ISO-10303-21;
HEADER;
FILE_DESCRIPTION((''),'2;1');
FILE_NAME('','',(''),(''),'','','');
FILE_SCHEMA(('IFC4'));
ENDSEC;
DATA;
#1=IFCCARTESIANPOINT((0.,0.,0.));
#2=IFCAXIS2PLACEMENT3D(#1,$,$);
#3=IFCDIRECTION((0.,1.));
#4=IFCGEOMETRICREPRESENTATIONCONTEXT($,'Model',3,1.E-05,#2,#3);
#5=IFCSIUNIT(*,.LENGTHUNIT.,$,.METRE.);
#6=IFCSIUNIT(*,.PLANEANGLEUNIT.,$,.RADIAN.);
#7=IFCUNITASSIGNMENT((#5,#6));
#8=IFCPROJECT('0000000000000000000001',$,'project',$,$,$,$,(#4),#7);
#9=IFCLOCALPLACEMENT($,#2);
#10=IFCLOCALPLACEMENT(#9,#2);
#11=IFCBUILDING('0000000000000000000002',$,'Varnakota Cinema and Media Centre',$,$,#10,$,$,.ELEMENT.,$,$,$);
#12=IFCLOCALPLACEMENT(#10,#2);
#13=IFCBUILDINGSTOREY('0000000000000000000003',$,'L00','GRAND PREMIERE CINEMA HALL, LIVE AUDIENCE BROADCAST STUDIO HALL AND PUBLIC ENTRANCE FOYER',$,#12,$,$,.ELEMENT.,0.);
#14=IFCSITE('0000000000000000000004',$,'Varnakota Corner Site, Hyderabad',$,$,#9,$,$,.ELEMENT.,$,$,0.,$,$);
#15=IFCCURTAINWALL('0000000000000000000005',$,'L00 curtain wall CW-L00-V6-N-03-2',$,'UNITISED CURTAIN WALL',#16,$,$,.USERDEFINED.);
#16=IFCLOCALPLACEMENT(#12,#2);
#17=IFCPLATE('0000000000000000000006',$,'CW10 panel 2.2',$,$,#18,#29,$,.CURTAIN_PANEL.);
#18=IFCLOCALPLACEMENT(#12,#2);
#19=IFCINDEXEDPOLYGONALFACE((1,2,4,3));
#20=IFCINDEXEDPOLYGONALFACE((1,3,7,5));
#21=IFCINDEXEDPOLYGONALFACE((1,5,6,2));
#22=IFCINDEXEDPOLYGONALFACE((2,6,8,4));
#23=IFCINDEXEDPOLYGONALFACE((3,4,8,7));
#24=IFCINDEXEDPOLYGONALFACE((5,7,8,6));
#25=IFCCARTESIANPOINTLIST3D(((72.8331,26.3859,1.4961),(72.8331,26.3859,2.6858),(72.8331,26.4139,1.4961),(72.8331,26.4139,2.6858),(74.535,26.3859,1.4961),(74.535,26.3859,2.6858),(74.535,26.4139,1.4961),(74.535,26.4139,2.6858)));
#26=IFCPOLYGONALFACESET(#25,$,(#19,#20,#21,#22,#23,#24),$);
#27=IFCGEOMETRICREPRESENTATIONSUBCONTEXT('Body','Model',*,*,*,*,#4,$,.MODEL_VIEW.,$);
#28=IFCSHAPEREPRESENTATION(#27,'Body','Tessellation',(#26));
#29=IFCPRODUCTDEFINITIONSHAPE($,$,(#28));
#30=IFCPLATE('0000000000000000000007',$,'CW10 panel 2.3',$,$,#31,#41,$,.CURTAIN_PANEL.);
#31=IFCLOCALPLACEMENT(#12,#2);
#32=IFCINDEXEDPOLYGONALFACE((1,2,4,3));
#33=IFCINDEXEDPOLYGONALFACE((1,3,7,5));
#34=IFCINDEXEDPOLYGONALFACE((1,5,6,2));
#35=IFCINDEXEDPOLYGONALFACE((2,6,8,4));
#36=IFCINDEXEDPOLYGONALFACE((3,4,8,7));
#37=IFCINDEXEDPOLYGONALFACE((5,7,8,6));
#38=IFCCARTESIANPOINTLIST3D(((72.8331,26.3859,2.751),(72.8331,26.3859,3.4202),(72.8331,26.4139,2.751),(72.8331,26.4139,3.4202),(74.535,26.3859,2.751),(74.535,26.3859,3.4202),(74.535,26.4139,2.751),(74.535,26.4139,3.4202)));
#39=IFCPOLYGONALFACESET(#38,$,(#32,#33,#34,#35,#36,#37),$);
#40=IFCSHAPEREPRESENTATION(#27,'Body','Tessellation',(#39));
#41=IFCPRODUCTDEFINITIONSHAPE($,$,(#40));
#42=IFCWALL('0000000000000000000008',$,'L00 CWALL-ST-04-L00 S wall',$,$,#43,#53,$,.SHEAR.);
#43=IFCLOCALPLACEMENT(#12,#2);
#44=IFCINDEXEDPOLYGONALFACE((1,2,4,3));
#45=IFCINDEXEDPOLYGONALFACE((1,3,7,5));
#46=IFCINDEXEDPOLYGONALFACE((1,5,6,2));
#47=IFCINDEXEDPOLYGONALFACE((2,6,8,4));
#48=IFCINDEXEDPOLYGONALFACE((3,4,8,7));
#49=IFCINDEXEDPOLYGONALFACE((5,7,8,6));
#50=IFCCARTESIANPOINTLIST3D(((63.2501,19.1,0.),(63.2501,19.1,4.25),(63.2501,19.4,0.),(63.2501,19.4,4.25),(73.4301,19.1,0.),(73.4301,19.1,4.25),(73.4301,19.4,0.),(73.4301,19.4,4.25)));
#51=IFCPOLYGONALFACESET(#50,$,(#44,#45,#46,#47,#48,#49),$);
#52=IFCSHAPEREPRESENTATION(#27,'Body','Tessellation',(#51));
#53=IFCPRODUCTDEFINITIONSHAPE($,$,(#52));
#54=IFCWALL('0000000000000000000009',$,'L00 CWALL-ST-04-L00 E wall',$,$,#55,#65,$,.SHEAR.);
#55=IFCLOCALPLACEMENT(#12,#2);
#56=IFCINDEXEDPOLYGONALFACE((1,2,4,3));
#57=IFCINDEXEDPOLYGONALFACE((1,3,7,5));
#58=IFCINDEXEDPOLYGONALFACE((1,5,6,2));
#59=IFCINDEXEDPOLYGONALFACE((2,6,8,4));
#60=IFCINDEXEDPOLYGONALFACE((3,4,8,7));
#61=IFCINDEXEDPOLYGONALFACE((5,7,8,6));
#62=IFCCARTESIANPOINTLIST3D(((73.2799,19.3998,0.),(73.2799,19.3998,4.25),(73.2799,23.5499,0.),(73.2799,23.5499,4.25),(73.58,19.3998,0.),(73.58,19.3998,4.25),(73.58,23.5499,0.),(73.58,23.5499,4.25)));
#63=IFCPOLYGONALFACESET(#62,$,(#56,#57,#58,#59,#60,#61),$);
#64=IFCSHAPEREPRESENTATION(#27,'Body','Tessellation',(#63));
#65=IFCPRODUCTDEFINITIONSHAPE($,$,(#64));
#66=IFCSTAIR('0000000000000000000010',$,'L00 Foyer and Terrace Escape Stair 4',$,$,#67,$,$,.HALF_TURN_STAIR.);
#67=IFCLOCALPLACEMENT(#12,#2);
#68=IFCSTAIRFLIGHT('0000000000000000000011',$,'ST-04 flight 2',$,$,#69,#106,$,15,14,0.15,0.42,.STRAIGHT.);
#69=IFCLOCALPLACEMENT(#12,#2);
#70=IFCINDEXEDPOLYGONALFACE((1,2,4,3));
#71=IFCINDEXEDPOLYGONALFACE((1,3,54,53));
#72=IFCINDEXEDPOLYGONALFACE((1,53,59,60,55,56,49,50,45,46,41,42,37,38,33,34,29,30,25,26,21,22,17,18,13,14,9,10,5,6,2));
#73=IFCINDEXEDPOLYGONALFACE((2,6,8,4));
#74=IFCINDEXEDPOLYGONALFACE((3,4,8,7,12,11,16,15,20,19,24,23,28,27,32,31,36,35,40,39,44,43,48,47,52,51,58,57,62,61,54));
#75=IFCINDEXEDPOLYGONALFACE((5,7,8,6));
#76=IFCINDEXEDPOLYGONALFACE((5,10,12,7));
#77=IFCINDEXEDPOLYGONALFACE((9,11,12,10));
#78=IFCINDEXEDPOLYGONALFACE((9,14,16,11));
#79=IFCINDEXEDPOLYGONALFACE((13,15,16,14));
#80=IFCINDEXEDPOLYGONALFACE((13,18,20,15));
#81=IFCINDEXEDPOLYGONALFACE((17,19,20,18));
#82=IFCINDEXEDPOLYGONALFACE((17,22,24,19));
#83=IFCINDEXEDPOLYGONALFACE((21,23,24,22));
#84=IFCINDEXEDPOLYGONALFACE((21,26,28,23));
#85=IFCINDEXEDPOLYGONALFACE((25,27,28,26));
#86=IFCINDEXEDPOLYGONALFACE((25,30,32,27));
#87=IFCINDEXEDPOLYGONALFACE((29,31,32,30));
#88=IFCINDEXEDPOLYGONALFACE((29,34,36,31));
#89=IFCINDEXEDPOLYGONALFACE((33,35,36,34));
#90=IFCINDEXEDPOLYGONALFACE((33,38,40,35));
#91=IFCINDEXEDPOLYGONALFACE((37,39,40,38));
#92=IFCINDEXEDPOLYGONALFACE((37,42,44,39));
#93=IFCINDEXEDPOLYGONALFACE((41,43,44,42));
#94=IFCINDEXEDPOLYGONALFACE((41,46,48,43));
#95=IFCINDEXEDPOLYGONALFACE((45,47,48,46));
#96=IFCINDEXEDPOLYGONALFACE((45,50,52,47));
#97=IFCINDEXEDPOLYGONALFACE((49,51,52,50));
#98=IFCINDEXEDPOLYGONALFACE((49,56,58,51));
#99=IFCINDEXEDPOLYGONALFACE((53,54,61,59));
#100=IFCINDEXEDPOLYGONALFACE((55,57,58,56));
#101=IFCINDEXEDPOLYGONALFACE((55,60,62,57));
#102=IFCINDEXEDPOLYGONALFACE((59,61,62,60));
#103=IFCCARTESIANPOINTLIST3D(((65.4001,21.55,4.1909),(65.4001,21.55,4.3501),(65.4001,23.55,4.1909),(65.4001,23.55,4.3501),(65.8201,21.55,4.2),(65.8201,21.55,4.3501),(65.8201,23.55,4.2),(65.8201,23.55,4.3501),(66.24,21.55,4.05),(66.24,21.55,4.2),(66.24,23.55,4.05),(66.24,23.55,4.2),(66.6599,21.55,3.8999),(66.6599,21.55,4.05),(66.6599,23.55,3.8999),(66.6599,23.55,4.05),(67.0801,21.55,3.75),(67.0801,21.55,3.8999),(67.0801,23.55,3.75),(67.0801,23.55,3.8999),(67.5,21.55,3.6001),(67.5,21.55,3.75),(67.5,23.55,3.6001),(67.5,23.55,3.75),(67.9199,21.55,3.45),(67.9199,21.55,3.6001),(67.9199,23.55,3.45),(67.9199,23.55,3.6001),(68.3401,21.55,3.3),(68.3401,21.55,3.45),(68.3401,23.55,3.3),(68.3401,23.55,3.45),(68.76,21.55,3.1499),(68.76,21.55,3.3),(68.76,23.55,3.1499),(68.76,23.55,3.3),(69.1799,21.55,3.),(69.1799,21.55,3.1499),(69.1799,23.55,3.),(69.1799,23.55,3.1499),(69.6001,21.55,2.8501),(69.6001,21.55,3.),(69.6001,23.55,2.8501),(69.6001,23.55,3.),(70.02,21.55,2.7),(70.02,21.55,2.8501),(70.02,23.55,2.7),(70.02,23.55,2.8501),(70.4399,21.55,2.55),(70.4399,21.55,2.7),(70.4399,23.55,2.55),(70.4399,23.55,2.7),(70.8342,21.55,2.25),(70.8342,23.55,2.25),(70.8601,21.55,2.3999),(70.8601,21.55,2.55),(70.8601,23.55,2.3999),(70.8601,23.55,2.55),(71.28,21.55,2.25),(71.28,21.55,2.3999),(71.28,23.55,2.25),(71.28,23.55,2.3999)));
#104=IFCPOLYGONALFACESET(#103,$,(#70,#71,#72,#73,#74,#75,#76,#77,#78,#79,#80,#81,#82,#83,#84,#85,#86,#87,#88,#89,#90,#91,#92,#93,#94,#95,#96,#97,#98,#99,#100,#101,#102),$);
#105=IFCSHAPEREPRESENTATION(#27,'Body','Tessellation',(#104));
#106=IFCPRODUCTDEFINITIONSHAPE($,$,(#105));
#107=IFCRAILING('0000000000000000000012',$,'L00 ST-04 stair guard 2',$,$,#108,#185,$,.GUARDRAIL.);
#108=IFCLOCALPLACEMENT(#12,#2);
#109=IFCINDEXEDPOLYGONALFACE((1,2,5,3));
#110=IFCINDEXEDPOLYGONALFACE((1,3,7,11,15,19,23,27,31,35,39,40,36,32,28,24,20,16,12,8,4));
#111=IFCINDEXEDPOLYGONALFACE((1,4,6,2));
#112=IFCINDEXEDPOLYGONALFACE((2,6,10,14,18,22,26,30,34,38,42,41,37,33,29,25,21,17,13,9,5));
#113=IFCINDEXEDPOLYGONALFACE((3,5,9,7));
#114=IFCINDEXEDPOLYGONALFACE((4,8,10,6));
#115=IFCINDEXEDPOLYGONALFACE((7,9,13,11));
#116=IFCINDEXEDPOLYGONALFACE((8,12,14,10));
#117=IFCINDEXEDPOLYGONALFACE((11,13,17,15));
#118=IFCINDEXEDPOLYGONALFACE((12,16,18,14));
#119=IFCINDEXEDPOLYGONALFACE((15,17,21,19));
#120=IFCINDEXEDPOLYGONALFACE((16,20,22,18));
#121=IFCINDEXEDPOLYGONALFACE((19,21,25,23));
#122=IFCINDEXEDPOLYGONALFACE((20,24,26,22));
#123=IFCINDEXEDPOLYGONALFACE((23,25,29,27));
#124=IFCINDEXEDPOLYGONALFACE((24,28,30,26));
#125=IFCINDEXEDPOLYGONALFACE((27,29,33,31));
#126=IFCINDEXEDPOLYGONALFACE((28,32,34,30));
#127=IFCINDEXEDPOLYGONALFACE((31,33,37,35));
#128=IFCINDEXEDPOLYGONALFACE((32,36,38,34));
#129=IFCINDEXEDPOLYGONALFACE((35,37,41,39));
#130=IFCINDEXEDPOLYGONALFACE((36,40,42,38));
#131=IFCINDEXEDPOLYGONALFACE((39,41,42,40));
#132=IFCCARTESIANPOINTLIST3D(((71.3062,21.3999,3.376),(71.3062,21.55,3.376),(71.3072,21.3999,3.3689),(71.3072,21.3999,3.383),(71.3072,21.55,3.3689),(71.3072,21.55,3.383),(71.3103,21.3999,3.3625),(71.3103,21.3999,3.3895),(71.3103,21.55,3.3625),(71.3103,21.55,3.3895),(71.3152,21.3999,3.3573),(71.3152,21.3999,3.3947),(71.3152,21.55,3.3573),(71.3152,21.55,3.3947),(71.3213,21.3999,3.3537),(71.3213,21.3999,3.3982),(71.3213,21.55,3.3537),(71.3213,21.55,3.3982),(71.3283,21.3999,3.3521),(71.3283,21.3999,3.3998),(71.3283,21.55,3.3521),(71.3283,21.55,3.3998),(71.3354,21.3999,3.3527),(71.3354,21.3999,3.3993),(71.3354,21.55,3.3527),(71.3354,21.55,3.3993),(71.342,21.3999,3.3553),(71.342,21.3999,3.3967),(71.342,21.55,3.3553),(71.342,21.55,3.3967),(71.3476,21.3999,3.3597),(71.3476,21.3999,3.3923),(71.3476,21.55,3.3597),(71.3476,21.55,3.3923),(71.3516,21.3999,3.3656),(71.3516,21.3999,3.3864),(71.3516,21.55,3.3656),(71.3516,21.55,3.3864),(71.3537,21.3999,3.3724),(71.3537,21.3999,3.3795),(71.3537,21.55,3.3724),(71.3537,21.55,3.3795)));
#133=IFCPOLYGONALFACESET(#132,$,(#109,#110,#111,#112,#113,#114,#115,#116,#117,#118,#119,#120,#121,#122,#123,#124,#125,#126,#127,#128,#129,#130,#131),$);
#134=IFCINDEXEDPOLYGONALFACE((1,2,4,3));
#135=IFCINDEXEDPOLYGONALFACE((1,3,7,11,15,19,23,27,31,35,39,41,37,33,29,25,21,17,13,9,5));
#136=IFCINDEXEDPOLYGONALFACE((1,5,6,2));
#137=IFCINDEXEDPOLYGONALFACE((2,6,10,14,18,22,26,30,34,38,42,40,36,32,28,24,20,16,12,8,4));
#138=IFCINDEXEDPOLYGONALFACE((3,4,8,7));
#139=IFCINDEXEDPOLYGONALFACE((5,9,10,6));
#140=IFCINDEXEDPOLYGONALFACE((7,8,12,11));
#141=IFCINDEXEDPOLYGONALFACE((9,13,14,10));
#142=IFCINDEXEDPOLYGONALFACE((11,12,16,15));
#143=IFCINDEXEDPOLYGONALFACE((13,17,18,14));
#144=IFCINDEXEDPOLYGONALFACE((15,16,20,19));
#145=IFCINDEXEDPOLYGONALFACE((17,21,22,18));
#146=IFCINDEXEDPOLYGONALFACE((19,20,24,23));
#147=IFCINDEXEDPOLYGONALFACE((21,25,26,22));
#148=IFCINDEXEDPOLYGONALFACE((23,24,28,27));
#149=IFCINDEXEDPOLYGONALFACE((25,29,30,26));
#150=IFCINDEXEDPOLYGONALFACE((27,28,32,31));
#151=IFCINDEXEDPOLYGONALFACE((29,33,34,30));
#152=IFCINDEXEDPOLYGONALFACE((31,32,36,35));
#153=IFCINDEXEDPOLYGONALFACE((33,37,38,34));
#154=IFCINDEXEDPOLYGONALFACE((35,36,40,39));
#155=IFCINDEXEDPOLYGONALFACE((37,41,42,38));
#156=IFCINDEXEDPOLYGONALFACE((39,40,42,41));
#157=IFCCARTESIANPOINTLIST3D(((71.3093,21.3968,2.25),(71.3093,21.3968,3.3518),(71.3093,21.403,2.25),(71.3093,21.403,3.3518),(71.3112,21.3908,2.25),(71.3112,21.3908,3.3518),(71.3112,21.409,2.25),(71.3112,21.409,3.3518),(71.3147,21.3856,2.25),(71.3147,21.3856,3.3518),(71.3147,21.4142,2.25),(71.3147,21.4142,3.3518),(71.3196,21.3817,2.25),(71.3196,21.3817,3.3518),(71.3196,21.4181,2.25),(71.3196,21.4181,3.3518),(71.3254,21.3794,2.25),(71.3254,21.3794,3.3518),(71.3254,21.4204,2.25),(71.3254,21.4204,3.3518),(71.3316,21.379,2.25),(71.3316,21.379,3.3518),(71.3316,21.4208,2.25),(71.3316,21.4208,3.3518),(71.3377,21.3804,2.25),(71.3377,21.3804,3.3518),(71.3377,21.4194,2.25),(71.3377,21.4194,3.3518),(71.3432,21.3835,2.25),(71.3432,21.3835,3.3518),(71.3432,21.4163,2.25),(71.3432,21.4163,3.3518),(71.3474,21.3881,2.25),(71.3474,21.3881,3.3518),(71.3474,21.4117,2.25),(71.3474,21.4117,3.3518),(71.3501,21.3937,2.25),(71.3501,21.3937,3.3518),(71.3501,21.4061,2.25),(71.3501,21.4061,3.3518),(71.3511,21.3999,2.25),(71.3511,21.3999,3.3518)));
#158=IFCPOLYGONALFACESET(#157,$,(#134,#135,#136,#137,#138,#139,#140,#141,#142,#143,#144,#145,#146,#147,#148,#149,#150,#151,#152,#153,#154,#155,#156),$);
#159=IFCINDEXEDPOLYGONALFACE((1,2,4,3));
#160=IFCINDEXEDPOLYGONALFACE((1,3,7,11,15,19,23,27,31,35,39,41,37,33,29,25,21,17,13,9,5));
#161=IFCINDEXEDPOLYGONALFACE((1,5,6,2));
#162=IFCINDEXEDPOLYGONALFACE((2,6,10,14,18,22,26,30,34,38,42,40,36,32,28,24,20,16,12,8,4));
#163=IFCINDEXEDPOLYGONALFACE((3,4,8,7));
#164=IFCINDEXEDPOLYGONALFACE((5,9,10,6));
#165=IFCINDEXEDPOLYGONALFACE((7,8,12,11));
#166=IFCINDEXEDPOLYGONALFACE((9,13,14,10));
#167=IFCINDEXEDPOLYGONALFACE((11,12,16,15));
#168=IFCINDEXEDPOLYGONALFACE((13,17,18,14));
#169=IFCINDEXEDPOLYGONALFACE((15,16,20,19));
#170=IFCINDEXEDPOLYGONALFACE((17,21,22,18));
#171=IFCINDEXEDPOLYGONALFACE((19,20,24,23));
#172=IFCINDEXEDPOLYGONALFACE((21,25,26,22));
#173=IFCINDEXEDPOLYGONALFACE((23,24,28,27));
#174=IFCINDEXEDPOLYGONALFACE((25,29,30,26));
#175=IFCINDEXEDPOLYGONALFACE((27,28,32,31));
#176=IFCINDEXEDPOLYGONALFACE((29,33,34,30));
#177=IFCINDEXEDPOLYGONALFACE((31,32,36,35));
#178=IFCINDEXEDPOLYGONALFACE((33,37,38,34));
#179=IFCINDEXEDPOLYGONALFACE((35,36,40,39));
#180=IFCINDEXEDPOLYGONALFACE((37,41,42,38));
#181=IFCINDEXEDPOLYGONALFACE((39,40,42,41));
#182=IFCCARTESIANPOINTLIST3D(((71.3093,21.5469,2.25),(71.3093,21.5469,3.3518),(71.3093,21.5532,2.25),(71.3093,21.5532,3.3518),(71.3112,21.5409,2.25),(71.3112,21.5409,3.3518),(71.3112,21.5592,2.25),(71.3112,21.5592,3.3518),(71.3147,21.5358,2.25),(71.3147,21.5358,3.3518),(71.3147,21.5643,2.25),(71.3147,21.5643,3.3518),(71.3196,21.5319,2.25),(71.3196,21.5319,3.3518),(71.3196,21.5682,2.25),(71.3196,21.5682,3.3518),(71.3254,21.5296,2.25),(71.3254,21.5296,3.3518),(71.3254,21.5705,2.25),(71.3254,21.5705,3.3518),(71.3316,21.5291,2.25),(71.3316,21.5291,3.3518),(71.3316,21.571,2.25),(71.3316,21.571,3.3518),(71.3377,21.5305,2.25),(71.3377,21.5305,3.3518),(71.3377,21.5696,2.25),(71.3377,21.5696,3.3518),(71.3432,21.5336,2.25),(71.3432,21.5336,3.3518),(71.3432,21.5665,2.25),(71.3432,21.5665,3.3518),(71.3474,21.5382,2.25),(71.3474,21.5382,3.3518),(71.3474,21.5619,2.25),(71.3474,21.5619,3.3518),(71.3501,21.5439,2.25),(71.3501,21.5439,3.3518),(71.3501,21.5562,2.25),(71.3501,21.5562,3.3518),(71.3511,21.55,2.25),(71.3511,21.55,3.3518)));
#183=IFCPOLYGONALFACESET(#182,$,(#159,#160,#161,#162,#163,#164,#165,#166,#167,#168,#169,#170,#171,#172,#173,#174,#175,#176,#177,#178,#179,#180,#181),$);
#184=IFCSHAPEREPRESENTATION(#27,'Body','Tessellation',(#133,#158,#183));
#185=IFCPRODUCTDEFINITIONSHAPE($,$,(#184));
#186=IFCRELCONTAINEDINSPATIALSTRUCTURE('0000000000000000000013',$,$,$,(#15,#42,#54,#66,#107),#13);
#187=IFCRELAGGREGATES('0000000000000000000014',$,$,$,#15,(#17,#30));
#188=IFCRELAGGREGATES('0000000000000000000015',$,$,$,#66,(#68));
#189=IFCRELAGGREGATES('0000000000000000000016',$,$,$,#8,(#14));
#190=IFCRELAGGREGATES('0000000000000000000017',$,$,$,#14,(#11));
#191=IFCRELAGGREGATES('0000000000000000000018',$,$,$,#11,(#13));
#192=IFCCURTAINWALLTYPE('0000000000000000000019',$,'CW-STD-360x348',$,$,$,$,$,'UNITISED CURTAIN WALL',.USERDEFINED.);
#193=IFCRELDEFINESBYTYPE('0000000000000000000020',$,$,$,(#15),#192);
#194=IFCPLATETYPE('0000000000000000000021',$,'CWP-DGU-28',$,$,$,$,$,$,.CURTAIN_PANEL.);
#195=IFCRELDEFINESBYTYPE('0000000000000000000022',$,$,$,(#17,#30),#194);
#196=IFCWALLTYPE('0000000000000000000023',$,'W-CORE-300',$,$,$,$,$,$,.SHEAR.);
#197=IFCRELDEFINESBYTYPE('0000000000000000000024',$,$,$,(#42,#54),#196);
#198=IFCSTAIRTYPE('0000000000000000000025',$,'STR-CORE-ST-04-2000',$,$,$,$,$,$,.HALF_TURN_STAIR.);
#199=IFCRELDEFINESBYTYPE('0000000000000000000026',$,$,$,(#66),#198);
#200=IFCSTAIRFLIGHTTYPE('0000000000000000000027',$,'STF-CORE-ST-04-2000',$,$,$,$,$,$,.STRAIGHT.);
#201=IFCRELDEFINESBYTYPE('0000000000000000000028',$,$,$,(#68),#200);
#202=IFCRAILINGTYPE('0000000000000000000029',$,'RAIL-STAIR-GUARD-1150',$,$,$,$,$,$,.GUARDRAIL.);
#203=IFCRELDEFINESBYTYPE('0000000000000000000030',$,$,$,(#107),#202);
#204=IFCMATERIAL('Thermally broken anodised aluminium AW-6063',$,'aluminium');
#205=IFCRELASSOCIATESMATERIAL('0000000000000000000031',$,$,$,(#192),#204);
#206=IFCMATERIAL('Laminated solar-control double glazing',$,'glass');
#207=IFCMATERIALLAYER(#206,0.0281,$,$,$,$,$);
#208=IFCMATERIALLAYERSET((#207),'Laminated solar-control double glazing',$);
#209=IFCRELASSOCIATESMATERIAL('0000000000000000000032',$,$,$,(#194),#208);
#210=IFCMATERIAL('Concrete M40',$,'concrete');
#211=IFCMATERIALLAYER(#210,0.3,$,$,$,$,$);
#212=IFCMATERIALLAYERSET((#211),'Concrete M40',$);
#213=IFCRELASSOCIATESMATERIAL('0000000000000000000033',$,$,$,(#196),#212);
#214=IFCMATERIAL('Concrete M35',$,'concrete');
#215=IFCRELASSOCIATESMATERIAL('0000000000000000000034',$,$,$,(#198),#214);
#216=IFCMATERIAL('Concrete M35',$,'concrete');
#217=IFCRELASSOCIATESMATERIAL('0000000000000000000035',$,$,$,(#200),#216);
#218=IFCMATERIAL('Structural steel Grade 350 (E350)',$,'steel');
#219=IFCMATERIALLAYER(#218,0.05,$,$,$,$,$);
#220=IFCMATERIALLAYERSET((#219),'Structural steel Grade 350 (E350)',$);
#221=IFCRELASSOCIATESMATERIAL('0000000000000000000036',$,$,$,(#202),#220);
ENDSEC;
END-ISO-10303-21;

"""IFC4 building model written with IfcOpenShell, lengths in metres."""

from ifc_helpers import new_model, si_unit, direction, frame, frame_2d, origin, origin_2d, place, context, subcontext, project, spatial, polyline, rectangle, circle, outline, extrude, material, layer, layer_set, type_object, element, aggregate, save


model = new_model("IFC4")

# Units and contexts
model_context = context("Model", 3, precision=1e-05, world=origin(), true_north=direction((0.0, 1.0)))
body_context = subcontext(model_context, "Body", "Model", "MODEL_VIEW")
ifc_project = project(units=[si_unit("LENGTHUNIT", "METRE"), si_unit("PLANEANGLEUNIT", "RADIAN")], contexts=[model_context])

# Site, building, storey
site_placement = place(None, origin())
site = spatial("IfcSite", under=ifc_project, at=site_placement, Name="Varnakota Corner Site, Hyderabad", CompositionType="ELEMENT", RefElevation=0.0)
building_placement = place(site_placement, origin())
building = spatial("IfcBuilding", under=site, at=building_placement, Name="Varnakota Cinema and Media Centre", CompositionType="ELEMENT")
storey_placement = place(building_placement, origin())
storey = spatial("IfcBuildingStorey", under=building, at=storey_placement, Name="L00", Description="GRAND PREMIERE CINEMA HALL, LIVE AUDIENCE BROADCAST STUDIO HALL AND PUBLIC ENTRANCE FOYER", CompositionType="ELEMENT", Elevation=0.0)

# Curtain wall
ifc_material_1 = material(Name="Thermally broken anodised aluminium AW-6063", Category="aluminium")
curtain_wall_type_1 = type_object("IfcCurtainWallType", Name="CW-STD-360x348", ElementType="UNITISED CURTAIN WALL", PredefinedType="USERDEFINED", material=ifc_material_1)
curtain_wall_1_placement = place(storey_placement, origin())
curtain_wall_1 = element("IfcCurtainWall", 1, at=curtain_wall_1_placement, inside=storey, type_object=curtain_wall_type_1, Name="L00 curtain wall CW-L00-V6-N-03-2", ObjectType="UNITISED CURTAIN WALL", PredefinedType="USERDEFINED")

# Plates
ifc_material_2 = material(Name="Laminated solar-control double glazing", Category="glass")
ifc_layer_1 = layer(ifc_material_2, 0.0281)
ifc_layer_set_1 = layer_set([ifc_layer_1], Name="Laminated solar-control double glazing")
plate_type = type_object("IfcPlateType", Name="CWP-DGU-28", PredefinedType="CURTAIN_PANEL", material=ifc_layer_set_1)
plate_1_placement = place(storey_placement, frame((73.6841, 26.3999, 1.4961), z_axis=(0.0, 0.0, 1.0), x_axis=(1.0, 0.0, 0.0)))
plate_1 = element("IfcPlate", 2, at=plate_1_placement, type_object=plate_type, Name="CW10 panel 2.2", PredefinedType="CURTAIN_PANEL", context=body_context, shape_type="SweptSolid", body=[
    extrude(rectangle(XDim=1.7019, YDim=0.0281, at=origin_2d()), origin(), (0.0, 0.0, 1.0), 1.1897),
])
plate_2_placement = place(storey_placement, frame((73.6841, 26.3999, 2.751), z_axis=(0.0, 0.0, 1.0), x_axis=(1.0, 0.0, 0.0)))
plate_2 = element("IfcPlate", 3, at=plate_2_placement, type_object=plate_type, Name="CW10 panel 2.3", PredefinedType="CURTAIN_PANEL", context=body_context, shape_type="SweptSolid", body=[
    extrude(rectangle(XDim=1.7019, YDim=0.0281, at=origin_2d()), origin(), (0.0, 0.0, 1.0), 0.6692),
])
aggregate(curtain_wall_1, [plate_1, plate_2])

# Walls
ifc_material_3 = material(Name="Concrete M40", Category="concrete")
ifc_layer_2 = layer(ifc_material_3, 0.3)
ifc_layer_set_2 = layer_set([ifc_layer_2], Name="Concrete M40")
wall_type = type_object("IfcWallType", Name="W-CORE-300", PredefinedType="SHEAR", material=ifc_layer_set_2)
wall_1_placement = place(storey_placement, frame((73.4299, 19.25, 0.0), z_axis=(0.0, 0.0, 1.0), x_axis=(-1.0, 0.0, 0.0)))
element("IfcWall", 4, at=wall_1_placement, inside=storey, type_object=wall_type, Name="L00 CWALL-ST-04-L00 S wall", PredefinedType="SHEAR", context=body_context, shape_type="SweptSolid", body=[
    extrude(rectangle(XDim=10.1799, YDim=0.3, at=frame_2d((5.0898, 0.0))), origin(), (0.0, 0.0, 1.0), 4.25),
])
wall_2_placement = place(storey_placement, frame((73.4299, 23.55, 0.0), z_axis=(0.0, 0.0, 1.0), x_axis=(0.0, -1.0, 0.0)))
element("IfcWall", 5, at=wall_2_placement, inside=storey, type_object=wall_type, Name="L00 CWALL-ST-04-L00 E wall", PredefinedType="SHEAR", context=body_context, shape_type="SweptSolid", body=[
    extrude(rectangle(XDim=4.1501, YDim=0.3, at=frame_2d((2.0752, 0.0))), origin(), (0.0, 0.0, 1.0), 4.25),
])

# Stair, stair flight
ifc_material_4 = material(Name="Concrete M35", Category="concrete")
stair_type = type_object("IfcStairType", Name="STR-CORE-ST-04-2000", PredefinedType="HALF_TURN_STAIR", material=ifc_material_4)
stair_placement = place(storey_placement, origin())
stair = element("IfcStair", 6, at=stair_placement, inside=storey, type_object=stair_type, Name="L00 Foyer and Terrace Escape Stair 4", PredefinedType="HALF_TURN_STAIR")
ifc_material_5 = material(Name="Concrete M35", Category="concrete")
stair_flight_type = type_object("IfcStairFlightType", Name="STF-CORE-ST-04-2000", PredefinedType="STRAIGHT", material=ifc_material_5)
stair_flight_placement = place(storey_placement, frame((71.28, 22.55, 2.25), z_axis=(0.0, 0.0, 1.0), x_axis=(-1.0, 0.0, 0.0)))
stair_flight = element("IfcStairFlight", 7, at=stair_flight_placement, type_object=stair_flight_type, Name="ST-04 flight 2", NumberOfRisers=15, NumberOfTreads=14, PredefinedType="STRAIGHT", RiserHeight=0.15, TreadLength=0.42, context=body_context, shape_type="SweptSolid", body=[
    extrude(outline(polyline([(0.0, 0.0), (0.0, 0.1499), (0.4199, 0.1499), (0.4199, 0.3), (0.8401, 0.3), (0.8401, 0.45), (1.26, 0.45), (1.26, 0.6001), (1.6799, 0.6001), (1.6799, 0.75), (2.1001, 0.75), (2.1001, 0.8999), (2.52, 0.8999), (2.52, 1.05), (2.9399, 1.05), (2.9399, 1.2), (3.3601, 1.2), (3.3601, 1.3501), (3.78, 1.3501), (3.78, 1.5), (4.2, 1.5), (4.2, 1.6499), (4.6201, 1.6499), (4.6201, 1.8), (5.04, 1.8), (5.04, 1.95), (5.46, 1.95), (5.46, 2.1001), (5.8799, 2.1001), (5.8799, 2.25), (5.8799, 1.9409), (0.4458, 0.0), (0.0, 0.0)])), frame((0.0, 1.0, 0.0), z_axis=(0.0, -1.0, 0.0), x_axis=(1.0, 0.0, 0.0)), (0.0, 0.0, 1.0), 2.0),
])
aggregate(stair, [stair_flight])

# Railing
ifc_material_6 = material(Name="Structural steel Grade 350 (E350)", Category="steel")
ifc_layer_3 = layer(ifc_material_6, 0.05)
ifc_layer_set_3 = layer_set([ifc_layer_3], Name="Structural steel Grade 350 (E350)")
railing_type_1 = type_object("IfcRailingType", Name="RAIL-STAIR-GUARD-1150", PredefinedType="GUARDRAIL", material=ifc_layer_set_3)
railing_1_placement = place(storey_placement, frame((71.3301, 21.3999, 2.25)))
element("IfcRailing", 8, at=railing_1_placement, inside=storey, type_object=railing_type_1, Name="L00 ST-04 stair guard 2", PredefinedType="GUARDRAIL", context=body_context, shape_type="SweptSolid", body=[
    extrude(circle(Radius=0.0239, at=origin_2d()), frame((0.0, 0.0, 1.126), z_axis=(0.0, 1.0, 0.0), x_axis=(-1.0, 0.0, 0.0)), (0.0, 0.0, 1.0), 0.1501),
    extrude(circle(Radius=0.021, at=origin_2d()), origin(), (0.0, 0.0, 1.0), 1.1018),
    extrude(circle(Radius=0.021, at=origin_2d()), frame((0.0, 0.1501, 0.0)), (0.0, 0.0, 1.0), 1.1018),
])

save(model, "model.ifc")
